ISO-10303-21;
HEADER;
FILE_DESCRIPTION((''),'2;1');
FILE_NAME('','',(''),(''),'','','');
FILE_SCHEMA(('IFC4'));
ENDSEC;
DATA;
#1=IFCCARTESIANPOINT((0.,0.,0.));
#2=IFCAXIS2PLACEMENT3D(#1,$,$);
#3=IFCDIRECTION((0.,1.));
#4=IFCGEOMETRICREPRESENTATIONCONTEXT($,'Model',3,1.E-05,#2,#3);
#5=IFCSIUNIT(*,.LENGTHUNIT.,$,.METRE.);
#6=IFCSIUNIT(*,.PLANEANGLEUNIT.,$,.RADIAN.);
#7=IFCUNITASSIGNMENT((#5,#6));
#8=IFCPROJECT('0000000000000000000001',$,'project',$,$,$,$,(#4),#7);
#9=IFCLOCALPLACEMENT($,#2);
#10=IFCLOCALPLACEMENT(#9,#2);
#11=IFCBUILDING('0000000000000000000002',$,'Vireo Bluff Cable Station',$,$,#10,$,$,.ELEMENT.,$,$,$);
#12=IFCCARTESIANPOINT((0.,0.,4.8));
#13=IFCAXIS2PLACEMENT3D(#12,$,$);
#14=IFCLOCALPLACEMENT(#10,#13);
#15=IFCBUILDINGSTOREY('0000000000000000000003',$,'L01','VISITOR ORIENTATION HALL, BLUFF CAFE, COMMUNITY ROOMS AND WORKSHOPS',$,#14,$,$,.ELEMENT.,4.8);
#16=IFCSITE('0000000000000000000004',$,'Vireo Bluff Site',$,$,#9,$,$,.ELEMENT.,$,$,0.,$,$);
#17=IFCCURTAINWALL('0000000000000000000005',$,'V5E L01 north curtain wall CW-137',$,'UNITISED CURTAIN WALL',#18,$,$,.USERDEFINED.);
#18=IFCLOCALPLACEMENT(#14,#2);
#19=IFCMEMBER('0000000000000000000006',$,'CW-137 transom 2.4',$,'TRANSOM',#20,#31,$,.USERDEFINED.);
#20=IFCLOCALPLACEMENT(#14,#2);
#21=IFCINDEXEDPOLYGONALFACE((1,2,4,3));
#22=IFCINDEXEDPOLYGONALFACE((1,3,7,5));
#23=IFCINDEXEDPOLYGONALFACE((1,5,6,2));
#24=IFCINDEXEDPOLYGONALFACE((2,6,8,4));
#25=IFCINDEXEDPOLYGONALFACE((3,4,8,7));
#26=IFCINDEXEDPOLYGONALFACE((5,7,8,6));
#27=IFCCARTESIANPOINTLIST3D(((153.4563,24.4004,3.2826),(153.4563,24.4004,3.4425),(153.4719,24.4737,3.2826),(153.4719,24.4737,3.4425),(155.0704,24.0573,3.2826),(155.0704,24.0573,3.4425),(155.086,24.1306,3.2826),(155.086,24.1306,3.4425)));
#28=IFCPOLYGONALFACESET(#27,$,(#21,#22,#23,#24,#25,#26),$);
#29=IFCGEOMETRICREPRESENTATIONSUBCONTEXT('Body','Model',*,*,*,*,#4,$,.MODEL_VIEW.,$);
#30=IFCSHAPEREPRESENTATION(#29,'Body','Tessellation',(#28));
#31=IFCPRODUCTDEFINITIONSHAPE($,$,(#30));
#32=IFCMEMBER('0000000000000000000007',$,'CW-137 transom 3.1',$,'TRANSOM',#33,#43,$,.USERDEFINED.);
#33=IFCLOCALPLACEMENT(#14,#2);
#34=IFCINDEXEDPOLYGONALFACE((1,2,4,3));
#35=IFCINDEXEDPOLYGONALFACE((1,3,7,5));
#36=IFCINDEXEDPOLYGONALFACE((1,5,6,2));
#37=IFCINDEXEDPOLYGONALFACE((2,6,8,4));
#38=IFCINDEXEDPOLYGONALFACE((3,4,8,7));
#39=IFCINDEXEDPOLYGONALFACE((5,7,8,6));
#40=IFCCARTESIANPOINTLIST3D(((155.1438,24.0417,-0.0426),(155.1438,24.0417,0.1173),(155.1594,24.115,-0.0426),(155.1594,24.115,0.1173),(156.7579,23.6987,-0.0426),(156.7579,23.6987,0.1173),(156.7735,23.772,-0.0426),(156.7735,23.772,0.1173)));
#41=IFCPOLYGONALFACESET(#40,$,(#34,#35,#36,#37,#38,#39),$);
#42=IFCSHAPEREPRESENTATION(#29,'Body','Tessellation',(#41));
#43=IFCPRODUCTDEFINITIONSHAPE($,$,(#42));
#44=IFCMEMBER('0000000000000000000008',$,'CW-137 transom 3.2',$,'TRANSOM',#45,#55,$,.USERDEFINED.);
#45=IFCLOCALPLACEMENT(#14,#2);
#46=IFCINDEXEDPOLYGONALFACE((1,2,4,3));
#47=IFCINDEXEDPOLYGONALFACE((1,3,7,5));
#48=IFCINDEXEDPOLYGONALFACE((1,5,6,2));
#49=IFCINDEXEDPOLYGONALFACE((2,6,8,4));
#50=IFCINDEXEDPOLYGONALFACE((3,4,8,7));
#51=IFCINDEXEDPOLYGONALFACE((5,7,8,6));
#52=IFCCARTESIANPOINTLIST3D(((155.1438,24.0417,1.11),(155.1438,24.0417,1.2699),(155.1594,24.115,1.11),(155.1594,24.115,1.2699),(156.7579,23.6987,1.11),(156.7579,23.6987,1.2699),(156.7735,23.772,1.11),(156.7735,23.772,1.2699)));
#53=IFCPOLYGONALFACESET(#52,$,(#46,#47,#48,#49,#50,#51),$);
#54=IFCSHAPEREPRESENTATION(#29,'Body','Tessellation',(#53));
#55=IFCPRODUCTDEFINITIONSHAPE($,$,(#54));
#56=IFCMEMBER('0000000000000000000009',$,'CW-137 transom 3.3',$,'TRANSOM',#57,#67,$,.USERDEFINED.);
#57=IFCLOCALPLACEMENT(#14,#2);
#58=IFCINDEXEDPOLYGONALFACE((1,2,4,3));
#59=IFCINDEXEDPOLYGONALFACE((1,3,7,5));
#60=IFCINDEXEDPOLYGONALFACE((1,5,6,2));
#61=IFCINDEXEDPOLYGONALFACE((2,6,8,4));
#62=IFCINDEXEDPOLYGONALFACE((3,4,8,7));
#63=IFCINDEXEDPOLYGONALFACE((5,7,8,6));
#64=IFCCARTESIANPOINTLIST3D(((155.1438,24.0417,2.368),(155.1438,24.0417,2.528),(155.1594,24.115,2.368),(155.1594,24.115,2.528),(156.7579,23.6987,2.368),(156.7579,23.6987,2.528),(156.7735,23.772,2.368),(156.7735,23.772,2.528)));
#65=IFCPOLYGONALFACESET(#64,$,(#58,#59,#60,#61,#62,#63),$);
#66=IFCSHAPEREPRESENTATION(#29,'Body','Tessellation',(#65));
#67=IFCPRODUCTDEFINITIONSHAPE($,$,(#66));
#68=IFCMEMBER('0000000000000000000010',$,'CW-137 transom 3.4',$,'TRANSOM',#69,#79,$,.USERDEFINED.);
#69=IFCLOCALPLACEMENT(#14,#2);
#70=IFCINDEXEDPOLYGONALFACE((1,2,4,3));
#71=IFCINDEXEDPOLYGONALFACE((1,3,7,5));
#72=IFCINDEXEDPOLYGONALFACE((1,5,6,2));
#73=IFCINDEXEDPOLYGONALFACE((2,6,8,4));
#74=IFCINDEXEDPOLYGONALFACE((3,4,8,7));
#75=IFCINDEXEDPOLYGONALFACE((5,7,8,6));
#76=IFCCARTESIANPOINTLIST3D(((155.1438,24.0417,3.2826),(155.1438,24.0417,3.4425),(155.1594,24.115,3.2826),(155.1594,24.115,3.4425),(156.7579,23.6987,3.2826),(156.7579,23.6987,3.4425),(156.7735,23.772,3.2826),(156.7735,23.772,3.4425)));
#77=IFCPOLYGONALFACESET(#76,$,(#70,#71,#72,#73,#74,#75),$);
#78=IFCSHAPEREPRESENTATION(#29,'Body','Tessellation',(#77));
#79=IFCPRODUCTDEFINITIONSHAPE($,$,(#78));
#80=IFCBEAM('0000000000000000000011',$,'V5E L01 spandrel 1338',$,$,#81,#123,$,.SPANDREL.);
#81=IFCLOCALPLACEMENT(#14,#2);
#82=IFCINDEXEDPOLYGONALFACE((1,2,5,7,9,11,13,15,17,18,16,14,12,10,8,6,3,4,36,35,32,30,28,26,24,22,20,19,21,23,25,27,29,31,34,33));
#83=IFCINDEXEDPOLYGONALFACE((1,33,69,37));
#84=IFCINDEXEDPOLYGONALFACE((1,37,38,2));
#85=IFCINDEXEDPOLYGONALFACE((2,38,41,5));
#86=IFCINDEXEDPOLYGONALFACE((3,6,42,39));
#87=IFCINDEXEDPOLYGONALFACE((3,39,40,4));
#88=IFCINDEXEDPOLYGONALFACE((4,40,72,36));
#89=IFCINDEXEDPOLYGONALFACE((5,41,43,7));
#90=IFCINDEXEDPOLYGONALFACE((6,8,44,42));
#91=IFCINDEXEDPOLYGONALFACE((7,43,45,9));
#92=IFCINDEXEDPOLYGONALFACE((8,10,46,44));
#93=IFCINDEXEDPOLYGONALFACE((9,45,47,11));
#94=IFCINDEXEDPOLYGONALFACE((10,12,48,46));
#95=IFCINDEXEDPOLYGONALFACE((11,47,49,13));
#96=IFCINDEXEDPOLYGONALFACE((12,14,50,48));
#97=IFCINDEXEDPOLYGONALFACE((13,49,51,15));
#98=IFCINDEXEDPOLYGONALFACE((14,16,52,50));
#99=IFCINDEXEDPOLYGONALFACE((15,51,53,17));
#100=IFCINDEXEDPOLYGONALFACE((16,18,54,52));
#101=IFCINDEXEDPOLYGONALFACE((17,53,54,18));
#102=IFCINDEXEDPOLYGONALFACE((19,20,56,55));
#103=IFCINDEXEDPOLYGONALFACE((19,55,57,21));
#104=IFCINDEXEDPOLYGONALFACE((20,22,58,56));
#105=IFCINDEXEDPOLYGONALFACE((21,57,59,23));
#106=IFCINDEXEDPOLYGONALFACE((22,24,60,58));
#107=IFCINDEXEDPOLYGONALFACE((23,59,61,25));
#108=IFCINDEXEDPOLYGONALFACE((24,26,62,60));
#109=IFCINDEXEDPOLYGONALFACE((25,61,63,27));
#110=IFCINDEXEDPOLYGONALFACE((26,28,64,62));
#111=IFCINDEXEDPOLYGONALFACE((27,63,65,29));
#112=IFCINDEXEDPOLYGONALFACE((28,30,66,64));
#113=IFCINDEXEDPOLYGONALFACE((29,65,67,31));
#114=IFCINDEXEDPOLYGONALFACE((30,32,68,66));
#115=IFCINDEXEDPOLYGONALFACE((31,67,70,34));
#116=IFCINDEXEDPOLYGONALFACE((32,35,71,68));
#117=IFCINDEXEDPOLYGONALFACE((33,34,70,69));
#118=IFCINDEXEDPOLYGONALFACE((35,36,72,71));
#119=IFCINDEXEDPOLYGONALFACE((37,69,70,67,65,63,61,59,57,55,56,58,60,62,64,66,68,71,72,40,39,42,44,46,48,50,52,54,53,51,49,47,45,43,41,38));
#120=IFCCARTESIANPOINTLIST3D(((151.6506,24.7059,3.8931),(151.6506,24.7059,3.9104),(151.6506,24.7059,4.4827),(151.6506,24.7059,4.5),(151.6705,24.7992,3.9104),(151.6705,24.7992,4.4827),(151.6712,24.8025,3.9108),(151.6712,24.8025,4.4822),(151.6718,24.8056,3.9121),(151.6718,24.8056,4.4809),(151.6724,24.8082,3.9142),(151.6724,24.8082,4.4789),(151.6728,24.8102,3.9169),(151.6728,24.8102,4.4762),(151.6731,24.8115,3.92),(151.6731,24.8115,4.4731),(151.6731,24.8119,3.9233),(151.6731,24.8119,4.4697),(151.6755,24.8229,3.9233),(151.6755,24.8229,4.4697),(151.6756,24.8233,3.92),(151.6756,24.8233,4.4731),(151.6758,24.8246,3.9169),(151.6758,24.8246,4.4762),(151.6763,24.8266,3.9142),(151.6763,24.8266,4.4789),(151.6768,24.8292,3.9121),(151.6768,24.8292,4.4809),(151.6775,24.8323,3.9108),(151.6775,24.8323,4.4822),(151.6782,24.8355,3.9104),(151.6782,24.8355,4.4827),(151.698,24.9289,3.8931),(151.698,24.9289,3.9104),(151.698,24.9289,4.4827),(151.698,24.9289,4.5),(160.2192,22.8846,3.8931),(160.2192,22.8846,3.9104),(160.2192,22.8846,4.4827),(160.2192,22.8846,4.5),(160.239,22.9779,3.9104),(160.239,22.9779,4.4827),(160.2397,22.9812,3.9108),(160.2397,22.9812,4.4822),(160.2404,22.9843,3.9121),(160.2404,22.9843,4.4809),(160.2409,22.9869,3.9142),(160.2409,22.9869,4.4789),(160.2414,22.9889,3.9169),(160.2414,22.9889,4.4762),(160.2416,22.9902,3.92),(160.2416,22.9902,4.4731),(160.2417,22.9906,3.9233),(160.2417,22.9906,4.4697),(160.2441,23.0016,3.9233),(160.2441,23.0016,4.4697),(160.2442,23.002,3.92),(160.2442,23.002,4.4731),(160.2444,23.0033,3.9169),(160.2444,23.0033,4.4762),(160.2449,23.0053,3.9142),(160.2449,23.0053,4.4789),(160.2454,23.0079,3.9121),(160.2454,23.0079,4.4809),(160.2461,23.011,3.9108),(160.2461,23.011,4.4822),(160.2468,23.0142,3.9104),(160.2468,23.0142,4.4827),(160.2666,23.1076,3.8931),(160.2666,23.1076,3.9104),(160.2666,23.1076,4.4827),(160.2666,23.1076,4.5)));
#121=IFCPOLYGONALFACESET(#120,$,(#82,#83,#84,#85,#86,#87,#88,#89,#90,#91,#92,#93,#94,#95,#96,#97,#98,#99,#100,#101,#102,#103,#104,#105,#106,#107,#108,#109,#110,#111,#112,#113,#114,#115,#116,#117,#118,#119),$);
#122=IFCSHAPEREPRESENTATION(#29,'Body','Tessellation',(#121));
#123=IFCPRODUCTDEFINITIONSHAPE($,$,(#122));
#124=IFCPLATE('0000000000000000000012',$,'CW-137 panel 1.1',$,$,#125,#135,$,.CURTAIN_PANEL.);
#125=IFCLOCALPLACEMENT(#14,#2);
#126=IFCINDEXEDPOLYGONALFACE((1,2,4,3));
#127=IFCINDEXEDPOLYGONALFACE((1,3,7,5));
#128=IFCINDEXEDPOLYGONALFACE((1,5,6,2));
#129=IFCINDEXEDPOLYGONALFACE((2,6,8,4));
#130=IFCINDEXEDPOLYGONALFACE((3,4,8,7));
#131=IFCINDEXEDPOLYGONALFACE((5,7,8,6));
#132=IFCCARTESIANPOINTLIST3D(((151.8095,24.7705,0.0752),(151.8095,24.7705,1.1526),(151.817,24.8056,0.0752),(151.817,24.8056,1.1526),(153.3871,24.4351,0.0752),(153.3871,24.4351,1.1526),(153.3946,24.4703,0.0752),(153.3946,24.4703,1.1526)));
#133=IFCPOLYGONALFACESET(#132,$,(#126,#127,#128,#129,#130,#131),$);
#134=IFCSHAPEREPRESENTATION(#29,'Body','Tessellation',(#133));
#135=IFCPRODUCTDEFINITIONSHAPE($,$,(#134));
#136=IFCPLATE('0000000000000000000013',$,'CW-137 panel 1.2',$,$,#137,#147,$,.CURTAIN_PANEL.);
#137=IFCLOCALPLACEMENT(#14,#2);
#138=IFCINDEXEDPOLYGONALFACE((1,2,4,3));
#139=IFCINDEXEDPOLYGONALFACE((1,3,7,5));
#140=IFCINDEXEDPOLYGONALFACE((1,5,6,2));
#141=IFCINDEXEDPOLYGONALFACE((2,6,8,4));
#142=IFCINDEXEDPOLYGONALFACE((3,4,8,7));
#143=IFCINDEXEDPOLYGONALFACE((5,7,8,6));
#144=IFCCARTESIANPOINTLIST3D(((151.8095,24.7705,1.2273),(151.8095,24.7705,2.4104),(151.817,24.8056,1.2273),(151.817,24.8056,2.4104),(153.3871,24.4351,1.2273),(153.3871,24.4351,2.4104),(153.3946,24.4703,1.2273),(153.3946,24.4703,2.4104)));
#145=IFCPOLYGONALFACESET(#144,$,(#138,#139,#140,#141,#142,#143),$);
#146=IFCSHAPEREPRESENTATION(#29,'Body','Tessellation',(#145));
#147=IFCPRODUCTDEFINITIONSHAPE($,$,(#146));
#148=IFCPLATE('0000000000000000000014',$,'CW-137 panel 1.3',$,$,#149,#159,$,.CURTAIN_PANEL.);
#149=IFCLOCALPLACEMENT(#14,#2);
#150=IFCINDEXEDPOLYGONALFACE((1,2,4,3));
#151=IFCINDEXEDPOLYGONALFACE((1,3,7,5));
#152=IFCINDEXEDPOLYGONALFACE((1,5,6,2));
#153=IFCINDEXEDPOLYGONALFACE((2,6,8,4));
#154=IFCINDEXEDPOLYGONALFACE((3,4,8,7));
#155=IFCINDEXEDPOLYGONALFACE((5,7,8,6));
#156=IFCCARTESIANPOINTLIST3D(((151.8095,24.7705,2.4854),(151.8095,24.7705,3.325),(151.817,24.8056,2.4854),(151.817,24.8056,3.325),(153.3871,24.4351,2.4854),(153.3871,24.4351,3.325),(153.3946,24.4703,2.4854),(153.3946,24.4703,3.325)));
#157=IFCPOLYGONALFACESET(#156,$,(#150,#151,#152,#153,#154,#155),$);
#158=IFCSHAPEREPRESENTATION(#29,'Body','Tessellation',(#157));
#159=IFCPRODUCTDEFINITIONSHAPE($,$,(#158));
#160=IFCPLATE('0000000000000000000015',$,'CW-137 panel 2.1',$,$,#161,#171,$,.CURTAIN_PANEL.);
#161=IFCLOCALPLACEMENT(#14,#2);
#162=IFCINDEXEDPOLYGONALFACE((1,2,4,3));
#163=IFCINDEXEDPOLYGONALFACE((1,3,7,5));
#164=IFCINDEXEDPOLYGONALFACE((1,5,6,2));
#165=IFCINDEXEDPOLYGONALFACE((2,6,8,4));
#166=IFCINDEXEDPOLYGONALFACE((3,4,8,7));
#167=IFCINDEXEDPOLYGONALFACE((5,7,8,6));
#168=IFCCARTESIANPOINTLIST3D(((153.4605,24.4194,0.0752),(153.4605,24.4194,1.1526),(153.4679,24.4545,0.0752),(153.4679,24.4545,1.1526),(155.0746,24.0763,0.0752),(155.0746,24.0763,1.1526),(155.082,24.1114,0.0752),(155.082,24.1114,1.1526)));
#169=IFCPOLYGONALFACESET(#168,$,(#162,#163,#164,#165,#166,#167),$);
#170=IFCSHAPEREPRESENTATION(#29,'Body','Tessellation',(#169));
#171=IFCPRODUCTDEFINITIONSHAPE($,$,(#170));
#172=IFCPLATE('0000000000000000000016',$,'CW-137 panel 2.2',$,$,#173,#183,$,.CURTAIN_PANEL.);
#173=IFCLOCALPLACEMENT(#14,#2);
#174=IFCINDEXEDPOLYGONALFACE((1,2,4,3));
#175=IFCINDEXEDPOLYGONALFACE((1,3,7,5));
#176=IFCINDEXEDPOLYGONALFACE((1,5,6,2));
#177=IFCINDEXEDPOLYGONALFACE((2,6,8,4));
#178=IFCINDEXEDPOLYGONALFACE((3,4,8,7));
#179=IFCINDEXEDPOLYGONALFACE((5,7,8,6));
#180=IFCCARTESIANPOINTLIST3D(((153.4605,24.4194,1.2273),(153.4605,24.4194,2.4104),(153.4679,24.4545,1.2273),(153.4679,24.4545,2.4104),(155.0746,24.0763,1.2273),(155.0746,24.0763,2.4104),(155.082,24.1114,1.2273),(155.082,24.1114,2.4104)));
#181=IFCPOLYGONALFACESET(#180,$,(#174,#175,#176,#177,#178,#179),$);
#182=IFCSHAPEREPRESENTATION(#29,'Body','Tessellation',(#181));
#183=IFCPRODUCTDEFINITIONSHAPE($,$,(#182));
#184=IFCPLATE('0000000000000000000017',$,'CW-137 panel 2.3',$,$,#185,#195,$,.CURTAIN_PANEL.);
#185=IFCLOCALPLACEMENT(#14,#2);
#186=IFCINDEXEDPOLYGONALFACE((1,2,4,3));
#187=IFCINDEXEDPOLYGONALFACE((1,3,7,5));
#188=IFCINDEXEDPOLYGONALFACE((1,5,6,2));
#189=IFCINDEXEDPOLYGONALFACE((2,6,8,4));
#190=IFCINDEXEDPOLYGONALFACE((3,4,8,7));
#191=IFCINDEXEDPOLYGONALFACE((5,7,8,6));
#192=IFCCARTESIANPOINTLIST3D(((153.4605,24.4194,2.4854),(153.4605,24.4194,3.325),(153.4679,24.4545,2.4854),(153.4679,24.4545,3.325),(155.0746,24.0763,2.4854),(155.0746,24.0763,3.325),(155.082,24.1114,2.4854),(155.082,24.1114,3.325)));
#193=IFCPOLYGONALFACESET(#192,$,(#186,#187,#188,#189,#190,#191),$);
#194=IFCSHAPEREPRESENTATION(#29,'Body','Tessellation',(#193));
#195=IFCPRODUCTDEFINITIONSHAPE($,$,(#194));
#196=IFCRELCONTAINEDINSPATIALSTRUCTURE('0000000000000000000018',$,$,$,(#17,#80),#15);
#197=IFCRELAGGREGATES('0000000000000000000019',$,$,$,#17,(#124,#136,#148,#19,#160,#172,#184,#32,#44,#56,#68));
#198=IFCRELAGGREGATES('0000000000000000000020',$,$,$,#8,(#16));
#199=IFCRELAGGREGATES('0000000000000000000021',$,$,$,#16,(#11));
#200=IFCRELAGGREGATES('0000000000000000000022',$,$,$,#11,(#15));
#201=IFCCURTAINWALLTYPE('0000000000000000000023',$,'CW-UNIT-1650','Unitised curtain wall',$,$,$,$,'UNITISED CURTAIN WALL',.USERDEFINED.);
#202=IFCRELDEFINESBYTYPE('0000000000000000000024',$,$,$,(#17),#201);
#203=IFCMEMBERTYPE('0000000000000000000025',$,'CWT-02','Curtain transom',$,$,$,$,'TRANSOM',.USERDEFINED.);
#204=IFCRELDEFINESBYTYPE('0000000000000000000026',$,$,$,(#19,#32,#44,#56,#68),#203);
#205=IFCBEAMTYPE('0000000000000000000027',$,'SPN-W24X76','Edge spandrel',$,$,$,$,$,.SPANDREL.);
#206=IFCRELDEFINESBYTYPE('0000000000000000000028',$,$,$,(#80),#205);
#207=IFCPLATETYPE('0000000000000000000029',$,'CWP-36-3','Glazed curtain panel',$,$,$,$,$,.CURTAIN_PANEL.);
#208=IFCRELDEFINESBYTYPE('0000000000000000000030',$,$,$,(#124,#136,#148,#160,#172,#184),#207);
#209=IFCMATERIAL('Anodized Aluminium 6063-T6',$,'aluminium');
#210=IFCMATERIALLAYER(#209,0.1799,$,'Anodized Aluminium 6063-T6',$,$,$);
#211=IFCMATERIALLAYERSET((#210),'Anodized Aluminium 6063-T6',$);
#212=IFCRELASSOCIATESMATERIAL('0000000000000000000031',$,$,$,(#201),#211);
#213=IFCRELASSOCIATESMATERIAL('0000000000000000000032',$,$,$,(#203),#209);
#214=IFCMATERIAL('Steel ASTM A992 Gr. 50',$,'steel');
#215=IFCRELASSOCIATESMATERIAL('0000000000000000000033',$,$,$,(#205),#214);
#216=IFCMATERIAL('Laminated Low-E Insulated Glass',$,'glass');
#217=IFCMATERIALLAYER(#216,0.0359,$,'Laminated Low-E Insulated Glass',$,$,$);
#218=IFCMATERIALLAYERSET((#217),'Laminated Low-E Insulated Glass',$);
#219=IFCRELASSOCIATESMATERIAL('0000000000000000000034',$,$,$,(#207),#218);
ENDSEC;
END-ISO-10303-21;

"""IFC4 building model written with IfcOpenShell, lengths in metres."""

from ifc_helpers import new_model, si_unit, direction, frame, origin, origin_2d, place, context, subcontext, project, spatial, rectangle, i_section, extrude, material, layer, layer_set, material_profile, profile_set, type_object, element, aggregate, save


model = new_model("IFC4")

# Units and contexts
model_context = context("Model", 3, precision=1e-05, world=origin(), true_north=direction((0.0, 1.0)))
body_context = subcontext(model_context, "Body", "Model", "MODEL_VIEW")
ifc_project = project(units=[si_unit("LENGTHUNIT", "METRE"), si_unit("PLANEANGLEUNIT", "RADIAN")], contexts=[model_context])

# Site, building, storey
site_placement = place(None, origin())
site = spatial("IfcSite", under=ifc_project, at=site_placement, Name="Vireo Bluff Site", CompositionType="ELEMENT", RefElevation=0.0)
building_placement = place(site_placement, origin())
building = spatial("IfcBuilding", under=site, at=building_placement, Name="Vireo Bluff Cable Station", CompositionType="ELEMENT")
storey_placement = place(building_placement, frame((0.0, 0.0, 4.8)))
storey = spatial("IfcBuildingStorey", under=building, at=storey_placement, Name="L01", Description="VISITOR ORIENTATION HALL, BLUFF CAFE, COMMUNITY ROOMS AND WORKSHOPS", CompositionType="ELEMENT", Elevation=4.8)

# Shared definitions
ifc_material_1 = material(Name="Steel ASTM A992 Gr. 50", Category="steel")

# Curtain wall, members
ifc_material_2 = material(Name="Anodized Aluminium 6063-T6", Category="aluminium")
ifc_layer_1 = layer(ifc_material_2, 0.1799, Name="Anodized Aluminium 6063-T6")
ifc_layer_set_1 = layer_set([ifc_layer_1], Name="Anodized Aluminium 6063-T6")
curtain_wall_type = type_object("IfcCurtainWallType", Name="CW-UNIT-1650", Description="Unitised curtain wall", ElementType="UNITISED CURTAIN WALL", PredefinedType="USERDEFINED", material=ifc_layer_set_1)
curtain_wall_placement = place(storey_placement, origin())
curtain_wall = element("IfcCurtainWall", 1, at=curtain_wall_placement, inside=storey, type_object=curtain_wall_type, Name="V5E L01 north curtain wall CW-137", ObjectType="UNITISED CURTAIN WALL", PredefinedType="USERDEFINED")
ifc_material_profile_1 = material_profile(ifc_material_2, rectangle(XDim=0.075, YDim=0.1599, at=origin_2d()), Name="ALU-T-75X160")
ifc_profile_set_1 = profile_set([ifc_material_profile_1], Name="Anodized Aluminium 6063-T6")
member_type_1 = type_object("IfcMemberType", Name="CWT-02", Description="Curtain transom", ElementType="TRANSOM", PredefinedType="USERDEFINED", material=ifc_profile_set_1)
member_1_placement = place(storey_placement, frame((153.4641, 24.437, 3.3625), z_axis=(0.978154, -0.207882, 0.0), x_axis=(0.207882, 0.978154, 0.0)))
member_1 = element("IfcMember", 2, at=member_1_placement, type_object=member_type_1, Name="CW-137 transom 2.4", ObjectType="TRANSOM", PredefinedType="USERDEFINED", context=body_context, shape_type="SweptSolid", body=[
    extrude(rectangle(XDim=0.075, YDim=0.1599, at=origin_2d()), origin(), (0.0, 0.0, 1.0), 1.6501),
])
member_2_placement = place(storey_placement, frame((155.1516, 24.0784, 0.0374), z_axis=(0.978154, -0.207882, 0.0), x_axis=(0.207882, 0.978154, 0.0)))
member_2 = element("IfcMember", 3, at=member_2_placement, type_object=member_type_1, Name="CW-137 transom 3.1", ObjectType="TRANSOM", PredefinedType="USERDEFINED", context=body_context, shape_type="SweptSolid", body=[
    extrude(rectangle(XDim=0.075, YDim=0.1599, at=origin_2d()), origin(), (0.0, 0.0, 1.0), 1.6501),
])
member_3_placement = place(storey_placement, frame((155.1516, 24.0784, 1.1899), z_axis=(0.978154, -0.207882, 0.0), x_axis=(0.207882, 0.978154, 0.0)))
member_3 = element("IfcMember", 4, at=member_3_placement, type_object=member_type_1, Name="CW-137 transom 3.2", ObjectType="TRANSOM", PredefinedType="USERDEFINED", context=body_context, shape_type="SweptSolid", body=[
    extrude(rectangle(XDim=0.075, YDim=0.1599, at=origin_2d()), origin(), (0.0, 0.0, 1.0), 1.6501),
])
member_4_placement = place(storey_placement, frame((155.1516, 24.0784, 2.448), z_axis=(0.978154, -0.207882, 0.0), x_axis=(0.207882, 0.978154, 0.0)))
member_4 = element("IfcMember", 5, at=member_4_placement, type_object=member_type_1, Name="CW-137 transom 3.3", ObjectType="TRANSOM", PredefinedType="USERDEFINED", context=body_context, shape_type="SweptSolid", body=[
    extrude(rectangle(XDim=0.075, YDim=0.1599, at=origin_2d()), origin(), (0.0, 0.0, 1.0), 1.6501),
])
member_5_placement = place(storey_placement, frame((155.1516, 24.0784, 3.3625), z_axis=(0.978154, -0.207882, 0.0), x_axis=(0.207882, 0.978154, 0.0)))
member_5 = element("IfcMember", 6, at=member_5_placement, type_object=member_type_1, Name="CW-137 transom 3.4", ObjectType="TRANSOM", PredefinedType="USERDEFINED", context=body_context, shape_type="SweptSolid", body=[
    extrude(rectangle(XDim=0.075, YDim=0.1599, at=origin_2d()), origin(), (0.0, 0.0, 1.0), 1.6501),
])

# Beam
ifc_material_profile_2 = material_profile(ifc_material_1, i_section(OverallWidth=0.228, OverallDepth=0.6069, WebThickness=0.0112, FlangeThickness=0.0173, FilletRadius=0.0129, at=origin_2d()), Name="W24X76")
ifc_profile_set_2 = profile_set([ifc_material_profile_2], Name="Steel ASTM A992 Gr. 50")
beam_type = type_object("IfcBeamType", Name="SPN-W24X76", Description="Edge spandrel", PredefinedType="SPANDREL", material=ifc_profile_set_2)
beam_placement = place(storey_placement, frame((151.6743, 24.8174, 4.1965), z_axis=(0.978148, -0.207909, 0.0), x_axis=(0.207909, 0.978148, 0.0)))
element("IfcBeam", 7, at=beam_placement, inside=storey, type_object=beam_type, Name="V5E L01 spandrel 1338", PredefinedType="SPANDREL", context=body_context, shape_type="SweptSolid", body=[
    extrude(i_section(OverallWidth=0.228, OverallDepth=0.6069, WebThickness=0.0112, FlangeThickness=0.0173, FilletRadius=0.0129, at=origin_2d()), origin(), (0.0, 0.0, 1.0), 8.76),
])

# Plates
ifc_material_3 = material(Name="Laminated Low-E Insulated Glass", Category="glass")
ifc_layer_2 = layer(ifc_material_3, 0.0359, Name="Laminated Low-E Insulated Glass")
ifc_layer_set_2 = layer_set([ifc_layer_2], Name="Laminated Low-E Insulated Glass")
plate_type = type_object("IfcPlateType", Name="CWP-36-3", Description="Glazed curtain panel", PredefinedType="CURTAIN_PANEL", material=ifc_layer_set_2)
plate_1_placement = place(storey_placement, frame((152.6021, 24.6204, 0.0752), z_axis=(0.0, 0.0, 1.0), x_axis=(0.978148, -0.207912, 0.0)))
plate_1 = element("IfcPlate", 8, at=plate_1_placement, type_object=plate_type, Name="CW-137 panel 1.1", PredefinedType="CURTAIN_PANEL", context=body_context, shape_type="SweptSolid", body=[
    extrude(rectangle(XDim=1.6128, YDim=0.0359, at=origin_2d()), origin(), (0.0, 0.0, 1.0), 1.0774),
])
plate_2_placement = place(storey_placement, frame((152.6021, 24.6204, 1.2273), z_axis=(0.0, 0.0, 1.0), x_axis=(0.978148, -0.207912, 0.0)))
plate_2 = element("IfcPlate", 9, at=plate_2_placement, type_object=plate_type, Name="CW-137 panel 1.2", PredefinedType="CURTAIN_PANEL", context=body_context, shape_type="SweptSolid", body=[
    extrude(rectangle(XDim=1.6128, YDim=0.0359, at=origin_2d()), origin(), (0.0, 0.0, 1.0), 1.1831),
])
plate_3_placement = place(storey_placement, frame((152.6021, 24.6204, 2.4854), z_axis=(0.0, 0.0, 1.0), x_axis=(0.978148, -0.207912, 0.0)))
plate_3 = element("IfcPlate", 10, at=plate_3_placement, type_object=plate_type, Name="CW-137 panel 1.3", PredefinedType="CURTAIN_PANEL", context=body_context, shape_type="SweptSolid", body=[
    extrude(rectangle(XDim=1.6128, YDim=0.0359, at=origin_2d()), origin(), (0.0, 0.0, 1.0), 0.8396),
])
plate_4_placement = place(storey_placement, frame((154.2712, 24.2654, 0.0752), z_axis=(0.0, 0.0, 1.0), x_axis=(0.978148, -0.207912, 0.0)))
plate_4 = element("IfcPlate", 11, at=plate_4_placement, type_object=plate_type, Name="CW-137 panel 2.1", PredefinedType="CURTAIN_PANEL", context=body_context, shape_type="SweptSolid", body=[
    extrude(rectangle(XDim=1.6501, YDim=0.0359, at=origin_2d()), origin(), (0.0, 0.0, 1.0), 1.0774),
])
plate_5_placement = place(storey_placement, frame((154.2712, 24.2654, 1.2273), z_axis=(0.0, 0.0, 1.0), x_axis=(0.978148, -0.207912, 0.0)))
plate_5 = element("IfcPlate", 12, at=plate_5_placement, type_object=plate_type, Name="CW-137 panel 2.2", PredefinedType="CURTAIN_PANEL", context=body_context, shape_type="SweptSolid", body=[
    extrude(rectangle(XDim=1.6501, YDim=0.0359, at=origin_2d()), origin(), (0.0, 0.0, 1.0), 1.1831),
])
plate_6_placement = place(storey_placement, frame((154.2712, 24.2654, 2.4854), z_axis=(0.0, 0.0, 1.0), x_axis=(0.978148, -0.207912, 0.0)))
plate_6 = element("IfcPlate", 13, at=plate_6_placement, type_object=plate_type, Name="CW-137 panel 2.3", PredefinedType="CURTAIN_PANEL", context=body_context, shape_type="SweptSolid", body=[
    extrude(rectangle(XDim=1.6501, YDim=0.0359, at=origin_2d()), origin(), (0.0, 0.0, 1.0), 0.8396),
])
aggregate(curtain_wall, [plate_1, plate_2, plate_3, member_1, plate_4, plate_5, plate_6, member_2, member_3, member_4, member_5])

save(model, "model.ifc")
